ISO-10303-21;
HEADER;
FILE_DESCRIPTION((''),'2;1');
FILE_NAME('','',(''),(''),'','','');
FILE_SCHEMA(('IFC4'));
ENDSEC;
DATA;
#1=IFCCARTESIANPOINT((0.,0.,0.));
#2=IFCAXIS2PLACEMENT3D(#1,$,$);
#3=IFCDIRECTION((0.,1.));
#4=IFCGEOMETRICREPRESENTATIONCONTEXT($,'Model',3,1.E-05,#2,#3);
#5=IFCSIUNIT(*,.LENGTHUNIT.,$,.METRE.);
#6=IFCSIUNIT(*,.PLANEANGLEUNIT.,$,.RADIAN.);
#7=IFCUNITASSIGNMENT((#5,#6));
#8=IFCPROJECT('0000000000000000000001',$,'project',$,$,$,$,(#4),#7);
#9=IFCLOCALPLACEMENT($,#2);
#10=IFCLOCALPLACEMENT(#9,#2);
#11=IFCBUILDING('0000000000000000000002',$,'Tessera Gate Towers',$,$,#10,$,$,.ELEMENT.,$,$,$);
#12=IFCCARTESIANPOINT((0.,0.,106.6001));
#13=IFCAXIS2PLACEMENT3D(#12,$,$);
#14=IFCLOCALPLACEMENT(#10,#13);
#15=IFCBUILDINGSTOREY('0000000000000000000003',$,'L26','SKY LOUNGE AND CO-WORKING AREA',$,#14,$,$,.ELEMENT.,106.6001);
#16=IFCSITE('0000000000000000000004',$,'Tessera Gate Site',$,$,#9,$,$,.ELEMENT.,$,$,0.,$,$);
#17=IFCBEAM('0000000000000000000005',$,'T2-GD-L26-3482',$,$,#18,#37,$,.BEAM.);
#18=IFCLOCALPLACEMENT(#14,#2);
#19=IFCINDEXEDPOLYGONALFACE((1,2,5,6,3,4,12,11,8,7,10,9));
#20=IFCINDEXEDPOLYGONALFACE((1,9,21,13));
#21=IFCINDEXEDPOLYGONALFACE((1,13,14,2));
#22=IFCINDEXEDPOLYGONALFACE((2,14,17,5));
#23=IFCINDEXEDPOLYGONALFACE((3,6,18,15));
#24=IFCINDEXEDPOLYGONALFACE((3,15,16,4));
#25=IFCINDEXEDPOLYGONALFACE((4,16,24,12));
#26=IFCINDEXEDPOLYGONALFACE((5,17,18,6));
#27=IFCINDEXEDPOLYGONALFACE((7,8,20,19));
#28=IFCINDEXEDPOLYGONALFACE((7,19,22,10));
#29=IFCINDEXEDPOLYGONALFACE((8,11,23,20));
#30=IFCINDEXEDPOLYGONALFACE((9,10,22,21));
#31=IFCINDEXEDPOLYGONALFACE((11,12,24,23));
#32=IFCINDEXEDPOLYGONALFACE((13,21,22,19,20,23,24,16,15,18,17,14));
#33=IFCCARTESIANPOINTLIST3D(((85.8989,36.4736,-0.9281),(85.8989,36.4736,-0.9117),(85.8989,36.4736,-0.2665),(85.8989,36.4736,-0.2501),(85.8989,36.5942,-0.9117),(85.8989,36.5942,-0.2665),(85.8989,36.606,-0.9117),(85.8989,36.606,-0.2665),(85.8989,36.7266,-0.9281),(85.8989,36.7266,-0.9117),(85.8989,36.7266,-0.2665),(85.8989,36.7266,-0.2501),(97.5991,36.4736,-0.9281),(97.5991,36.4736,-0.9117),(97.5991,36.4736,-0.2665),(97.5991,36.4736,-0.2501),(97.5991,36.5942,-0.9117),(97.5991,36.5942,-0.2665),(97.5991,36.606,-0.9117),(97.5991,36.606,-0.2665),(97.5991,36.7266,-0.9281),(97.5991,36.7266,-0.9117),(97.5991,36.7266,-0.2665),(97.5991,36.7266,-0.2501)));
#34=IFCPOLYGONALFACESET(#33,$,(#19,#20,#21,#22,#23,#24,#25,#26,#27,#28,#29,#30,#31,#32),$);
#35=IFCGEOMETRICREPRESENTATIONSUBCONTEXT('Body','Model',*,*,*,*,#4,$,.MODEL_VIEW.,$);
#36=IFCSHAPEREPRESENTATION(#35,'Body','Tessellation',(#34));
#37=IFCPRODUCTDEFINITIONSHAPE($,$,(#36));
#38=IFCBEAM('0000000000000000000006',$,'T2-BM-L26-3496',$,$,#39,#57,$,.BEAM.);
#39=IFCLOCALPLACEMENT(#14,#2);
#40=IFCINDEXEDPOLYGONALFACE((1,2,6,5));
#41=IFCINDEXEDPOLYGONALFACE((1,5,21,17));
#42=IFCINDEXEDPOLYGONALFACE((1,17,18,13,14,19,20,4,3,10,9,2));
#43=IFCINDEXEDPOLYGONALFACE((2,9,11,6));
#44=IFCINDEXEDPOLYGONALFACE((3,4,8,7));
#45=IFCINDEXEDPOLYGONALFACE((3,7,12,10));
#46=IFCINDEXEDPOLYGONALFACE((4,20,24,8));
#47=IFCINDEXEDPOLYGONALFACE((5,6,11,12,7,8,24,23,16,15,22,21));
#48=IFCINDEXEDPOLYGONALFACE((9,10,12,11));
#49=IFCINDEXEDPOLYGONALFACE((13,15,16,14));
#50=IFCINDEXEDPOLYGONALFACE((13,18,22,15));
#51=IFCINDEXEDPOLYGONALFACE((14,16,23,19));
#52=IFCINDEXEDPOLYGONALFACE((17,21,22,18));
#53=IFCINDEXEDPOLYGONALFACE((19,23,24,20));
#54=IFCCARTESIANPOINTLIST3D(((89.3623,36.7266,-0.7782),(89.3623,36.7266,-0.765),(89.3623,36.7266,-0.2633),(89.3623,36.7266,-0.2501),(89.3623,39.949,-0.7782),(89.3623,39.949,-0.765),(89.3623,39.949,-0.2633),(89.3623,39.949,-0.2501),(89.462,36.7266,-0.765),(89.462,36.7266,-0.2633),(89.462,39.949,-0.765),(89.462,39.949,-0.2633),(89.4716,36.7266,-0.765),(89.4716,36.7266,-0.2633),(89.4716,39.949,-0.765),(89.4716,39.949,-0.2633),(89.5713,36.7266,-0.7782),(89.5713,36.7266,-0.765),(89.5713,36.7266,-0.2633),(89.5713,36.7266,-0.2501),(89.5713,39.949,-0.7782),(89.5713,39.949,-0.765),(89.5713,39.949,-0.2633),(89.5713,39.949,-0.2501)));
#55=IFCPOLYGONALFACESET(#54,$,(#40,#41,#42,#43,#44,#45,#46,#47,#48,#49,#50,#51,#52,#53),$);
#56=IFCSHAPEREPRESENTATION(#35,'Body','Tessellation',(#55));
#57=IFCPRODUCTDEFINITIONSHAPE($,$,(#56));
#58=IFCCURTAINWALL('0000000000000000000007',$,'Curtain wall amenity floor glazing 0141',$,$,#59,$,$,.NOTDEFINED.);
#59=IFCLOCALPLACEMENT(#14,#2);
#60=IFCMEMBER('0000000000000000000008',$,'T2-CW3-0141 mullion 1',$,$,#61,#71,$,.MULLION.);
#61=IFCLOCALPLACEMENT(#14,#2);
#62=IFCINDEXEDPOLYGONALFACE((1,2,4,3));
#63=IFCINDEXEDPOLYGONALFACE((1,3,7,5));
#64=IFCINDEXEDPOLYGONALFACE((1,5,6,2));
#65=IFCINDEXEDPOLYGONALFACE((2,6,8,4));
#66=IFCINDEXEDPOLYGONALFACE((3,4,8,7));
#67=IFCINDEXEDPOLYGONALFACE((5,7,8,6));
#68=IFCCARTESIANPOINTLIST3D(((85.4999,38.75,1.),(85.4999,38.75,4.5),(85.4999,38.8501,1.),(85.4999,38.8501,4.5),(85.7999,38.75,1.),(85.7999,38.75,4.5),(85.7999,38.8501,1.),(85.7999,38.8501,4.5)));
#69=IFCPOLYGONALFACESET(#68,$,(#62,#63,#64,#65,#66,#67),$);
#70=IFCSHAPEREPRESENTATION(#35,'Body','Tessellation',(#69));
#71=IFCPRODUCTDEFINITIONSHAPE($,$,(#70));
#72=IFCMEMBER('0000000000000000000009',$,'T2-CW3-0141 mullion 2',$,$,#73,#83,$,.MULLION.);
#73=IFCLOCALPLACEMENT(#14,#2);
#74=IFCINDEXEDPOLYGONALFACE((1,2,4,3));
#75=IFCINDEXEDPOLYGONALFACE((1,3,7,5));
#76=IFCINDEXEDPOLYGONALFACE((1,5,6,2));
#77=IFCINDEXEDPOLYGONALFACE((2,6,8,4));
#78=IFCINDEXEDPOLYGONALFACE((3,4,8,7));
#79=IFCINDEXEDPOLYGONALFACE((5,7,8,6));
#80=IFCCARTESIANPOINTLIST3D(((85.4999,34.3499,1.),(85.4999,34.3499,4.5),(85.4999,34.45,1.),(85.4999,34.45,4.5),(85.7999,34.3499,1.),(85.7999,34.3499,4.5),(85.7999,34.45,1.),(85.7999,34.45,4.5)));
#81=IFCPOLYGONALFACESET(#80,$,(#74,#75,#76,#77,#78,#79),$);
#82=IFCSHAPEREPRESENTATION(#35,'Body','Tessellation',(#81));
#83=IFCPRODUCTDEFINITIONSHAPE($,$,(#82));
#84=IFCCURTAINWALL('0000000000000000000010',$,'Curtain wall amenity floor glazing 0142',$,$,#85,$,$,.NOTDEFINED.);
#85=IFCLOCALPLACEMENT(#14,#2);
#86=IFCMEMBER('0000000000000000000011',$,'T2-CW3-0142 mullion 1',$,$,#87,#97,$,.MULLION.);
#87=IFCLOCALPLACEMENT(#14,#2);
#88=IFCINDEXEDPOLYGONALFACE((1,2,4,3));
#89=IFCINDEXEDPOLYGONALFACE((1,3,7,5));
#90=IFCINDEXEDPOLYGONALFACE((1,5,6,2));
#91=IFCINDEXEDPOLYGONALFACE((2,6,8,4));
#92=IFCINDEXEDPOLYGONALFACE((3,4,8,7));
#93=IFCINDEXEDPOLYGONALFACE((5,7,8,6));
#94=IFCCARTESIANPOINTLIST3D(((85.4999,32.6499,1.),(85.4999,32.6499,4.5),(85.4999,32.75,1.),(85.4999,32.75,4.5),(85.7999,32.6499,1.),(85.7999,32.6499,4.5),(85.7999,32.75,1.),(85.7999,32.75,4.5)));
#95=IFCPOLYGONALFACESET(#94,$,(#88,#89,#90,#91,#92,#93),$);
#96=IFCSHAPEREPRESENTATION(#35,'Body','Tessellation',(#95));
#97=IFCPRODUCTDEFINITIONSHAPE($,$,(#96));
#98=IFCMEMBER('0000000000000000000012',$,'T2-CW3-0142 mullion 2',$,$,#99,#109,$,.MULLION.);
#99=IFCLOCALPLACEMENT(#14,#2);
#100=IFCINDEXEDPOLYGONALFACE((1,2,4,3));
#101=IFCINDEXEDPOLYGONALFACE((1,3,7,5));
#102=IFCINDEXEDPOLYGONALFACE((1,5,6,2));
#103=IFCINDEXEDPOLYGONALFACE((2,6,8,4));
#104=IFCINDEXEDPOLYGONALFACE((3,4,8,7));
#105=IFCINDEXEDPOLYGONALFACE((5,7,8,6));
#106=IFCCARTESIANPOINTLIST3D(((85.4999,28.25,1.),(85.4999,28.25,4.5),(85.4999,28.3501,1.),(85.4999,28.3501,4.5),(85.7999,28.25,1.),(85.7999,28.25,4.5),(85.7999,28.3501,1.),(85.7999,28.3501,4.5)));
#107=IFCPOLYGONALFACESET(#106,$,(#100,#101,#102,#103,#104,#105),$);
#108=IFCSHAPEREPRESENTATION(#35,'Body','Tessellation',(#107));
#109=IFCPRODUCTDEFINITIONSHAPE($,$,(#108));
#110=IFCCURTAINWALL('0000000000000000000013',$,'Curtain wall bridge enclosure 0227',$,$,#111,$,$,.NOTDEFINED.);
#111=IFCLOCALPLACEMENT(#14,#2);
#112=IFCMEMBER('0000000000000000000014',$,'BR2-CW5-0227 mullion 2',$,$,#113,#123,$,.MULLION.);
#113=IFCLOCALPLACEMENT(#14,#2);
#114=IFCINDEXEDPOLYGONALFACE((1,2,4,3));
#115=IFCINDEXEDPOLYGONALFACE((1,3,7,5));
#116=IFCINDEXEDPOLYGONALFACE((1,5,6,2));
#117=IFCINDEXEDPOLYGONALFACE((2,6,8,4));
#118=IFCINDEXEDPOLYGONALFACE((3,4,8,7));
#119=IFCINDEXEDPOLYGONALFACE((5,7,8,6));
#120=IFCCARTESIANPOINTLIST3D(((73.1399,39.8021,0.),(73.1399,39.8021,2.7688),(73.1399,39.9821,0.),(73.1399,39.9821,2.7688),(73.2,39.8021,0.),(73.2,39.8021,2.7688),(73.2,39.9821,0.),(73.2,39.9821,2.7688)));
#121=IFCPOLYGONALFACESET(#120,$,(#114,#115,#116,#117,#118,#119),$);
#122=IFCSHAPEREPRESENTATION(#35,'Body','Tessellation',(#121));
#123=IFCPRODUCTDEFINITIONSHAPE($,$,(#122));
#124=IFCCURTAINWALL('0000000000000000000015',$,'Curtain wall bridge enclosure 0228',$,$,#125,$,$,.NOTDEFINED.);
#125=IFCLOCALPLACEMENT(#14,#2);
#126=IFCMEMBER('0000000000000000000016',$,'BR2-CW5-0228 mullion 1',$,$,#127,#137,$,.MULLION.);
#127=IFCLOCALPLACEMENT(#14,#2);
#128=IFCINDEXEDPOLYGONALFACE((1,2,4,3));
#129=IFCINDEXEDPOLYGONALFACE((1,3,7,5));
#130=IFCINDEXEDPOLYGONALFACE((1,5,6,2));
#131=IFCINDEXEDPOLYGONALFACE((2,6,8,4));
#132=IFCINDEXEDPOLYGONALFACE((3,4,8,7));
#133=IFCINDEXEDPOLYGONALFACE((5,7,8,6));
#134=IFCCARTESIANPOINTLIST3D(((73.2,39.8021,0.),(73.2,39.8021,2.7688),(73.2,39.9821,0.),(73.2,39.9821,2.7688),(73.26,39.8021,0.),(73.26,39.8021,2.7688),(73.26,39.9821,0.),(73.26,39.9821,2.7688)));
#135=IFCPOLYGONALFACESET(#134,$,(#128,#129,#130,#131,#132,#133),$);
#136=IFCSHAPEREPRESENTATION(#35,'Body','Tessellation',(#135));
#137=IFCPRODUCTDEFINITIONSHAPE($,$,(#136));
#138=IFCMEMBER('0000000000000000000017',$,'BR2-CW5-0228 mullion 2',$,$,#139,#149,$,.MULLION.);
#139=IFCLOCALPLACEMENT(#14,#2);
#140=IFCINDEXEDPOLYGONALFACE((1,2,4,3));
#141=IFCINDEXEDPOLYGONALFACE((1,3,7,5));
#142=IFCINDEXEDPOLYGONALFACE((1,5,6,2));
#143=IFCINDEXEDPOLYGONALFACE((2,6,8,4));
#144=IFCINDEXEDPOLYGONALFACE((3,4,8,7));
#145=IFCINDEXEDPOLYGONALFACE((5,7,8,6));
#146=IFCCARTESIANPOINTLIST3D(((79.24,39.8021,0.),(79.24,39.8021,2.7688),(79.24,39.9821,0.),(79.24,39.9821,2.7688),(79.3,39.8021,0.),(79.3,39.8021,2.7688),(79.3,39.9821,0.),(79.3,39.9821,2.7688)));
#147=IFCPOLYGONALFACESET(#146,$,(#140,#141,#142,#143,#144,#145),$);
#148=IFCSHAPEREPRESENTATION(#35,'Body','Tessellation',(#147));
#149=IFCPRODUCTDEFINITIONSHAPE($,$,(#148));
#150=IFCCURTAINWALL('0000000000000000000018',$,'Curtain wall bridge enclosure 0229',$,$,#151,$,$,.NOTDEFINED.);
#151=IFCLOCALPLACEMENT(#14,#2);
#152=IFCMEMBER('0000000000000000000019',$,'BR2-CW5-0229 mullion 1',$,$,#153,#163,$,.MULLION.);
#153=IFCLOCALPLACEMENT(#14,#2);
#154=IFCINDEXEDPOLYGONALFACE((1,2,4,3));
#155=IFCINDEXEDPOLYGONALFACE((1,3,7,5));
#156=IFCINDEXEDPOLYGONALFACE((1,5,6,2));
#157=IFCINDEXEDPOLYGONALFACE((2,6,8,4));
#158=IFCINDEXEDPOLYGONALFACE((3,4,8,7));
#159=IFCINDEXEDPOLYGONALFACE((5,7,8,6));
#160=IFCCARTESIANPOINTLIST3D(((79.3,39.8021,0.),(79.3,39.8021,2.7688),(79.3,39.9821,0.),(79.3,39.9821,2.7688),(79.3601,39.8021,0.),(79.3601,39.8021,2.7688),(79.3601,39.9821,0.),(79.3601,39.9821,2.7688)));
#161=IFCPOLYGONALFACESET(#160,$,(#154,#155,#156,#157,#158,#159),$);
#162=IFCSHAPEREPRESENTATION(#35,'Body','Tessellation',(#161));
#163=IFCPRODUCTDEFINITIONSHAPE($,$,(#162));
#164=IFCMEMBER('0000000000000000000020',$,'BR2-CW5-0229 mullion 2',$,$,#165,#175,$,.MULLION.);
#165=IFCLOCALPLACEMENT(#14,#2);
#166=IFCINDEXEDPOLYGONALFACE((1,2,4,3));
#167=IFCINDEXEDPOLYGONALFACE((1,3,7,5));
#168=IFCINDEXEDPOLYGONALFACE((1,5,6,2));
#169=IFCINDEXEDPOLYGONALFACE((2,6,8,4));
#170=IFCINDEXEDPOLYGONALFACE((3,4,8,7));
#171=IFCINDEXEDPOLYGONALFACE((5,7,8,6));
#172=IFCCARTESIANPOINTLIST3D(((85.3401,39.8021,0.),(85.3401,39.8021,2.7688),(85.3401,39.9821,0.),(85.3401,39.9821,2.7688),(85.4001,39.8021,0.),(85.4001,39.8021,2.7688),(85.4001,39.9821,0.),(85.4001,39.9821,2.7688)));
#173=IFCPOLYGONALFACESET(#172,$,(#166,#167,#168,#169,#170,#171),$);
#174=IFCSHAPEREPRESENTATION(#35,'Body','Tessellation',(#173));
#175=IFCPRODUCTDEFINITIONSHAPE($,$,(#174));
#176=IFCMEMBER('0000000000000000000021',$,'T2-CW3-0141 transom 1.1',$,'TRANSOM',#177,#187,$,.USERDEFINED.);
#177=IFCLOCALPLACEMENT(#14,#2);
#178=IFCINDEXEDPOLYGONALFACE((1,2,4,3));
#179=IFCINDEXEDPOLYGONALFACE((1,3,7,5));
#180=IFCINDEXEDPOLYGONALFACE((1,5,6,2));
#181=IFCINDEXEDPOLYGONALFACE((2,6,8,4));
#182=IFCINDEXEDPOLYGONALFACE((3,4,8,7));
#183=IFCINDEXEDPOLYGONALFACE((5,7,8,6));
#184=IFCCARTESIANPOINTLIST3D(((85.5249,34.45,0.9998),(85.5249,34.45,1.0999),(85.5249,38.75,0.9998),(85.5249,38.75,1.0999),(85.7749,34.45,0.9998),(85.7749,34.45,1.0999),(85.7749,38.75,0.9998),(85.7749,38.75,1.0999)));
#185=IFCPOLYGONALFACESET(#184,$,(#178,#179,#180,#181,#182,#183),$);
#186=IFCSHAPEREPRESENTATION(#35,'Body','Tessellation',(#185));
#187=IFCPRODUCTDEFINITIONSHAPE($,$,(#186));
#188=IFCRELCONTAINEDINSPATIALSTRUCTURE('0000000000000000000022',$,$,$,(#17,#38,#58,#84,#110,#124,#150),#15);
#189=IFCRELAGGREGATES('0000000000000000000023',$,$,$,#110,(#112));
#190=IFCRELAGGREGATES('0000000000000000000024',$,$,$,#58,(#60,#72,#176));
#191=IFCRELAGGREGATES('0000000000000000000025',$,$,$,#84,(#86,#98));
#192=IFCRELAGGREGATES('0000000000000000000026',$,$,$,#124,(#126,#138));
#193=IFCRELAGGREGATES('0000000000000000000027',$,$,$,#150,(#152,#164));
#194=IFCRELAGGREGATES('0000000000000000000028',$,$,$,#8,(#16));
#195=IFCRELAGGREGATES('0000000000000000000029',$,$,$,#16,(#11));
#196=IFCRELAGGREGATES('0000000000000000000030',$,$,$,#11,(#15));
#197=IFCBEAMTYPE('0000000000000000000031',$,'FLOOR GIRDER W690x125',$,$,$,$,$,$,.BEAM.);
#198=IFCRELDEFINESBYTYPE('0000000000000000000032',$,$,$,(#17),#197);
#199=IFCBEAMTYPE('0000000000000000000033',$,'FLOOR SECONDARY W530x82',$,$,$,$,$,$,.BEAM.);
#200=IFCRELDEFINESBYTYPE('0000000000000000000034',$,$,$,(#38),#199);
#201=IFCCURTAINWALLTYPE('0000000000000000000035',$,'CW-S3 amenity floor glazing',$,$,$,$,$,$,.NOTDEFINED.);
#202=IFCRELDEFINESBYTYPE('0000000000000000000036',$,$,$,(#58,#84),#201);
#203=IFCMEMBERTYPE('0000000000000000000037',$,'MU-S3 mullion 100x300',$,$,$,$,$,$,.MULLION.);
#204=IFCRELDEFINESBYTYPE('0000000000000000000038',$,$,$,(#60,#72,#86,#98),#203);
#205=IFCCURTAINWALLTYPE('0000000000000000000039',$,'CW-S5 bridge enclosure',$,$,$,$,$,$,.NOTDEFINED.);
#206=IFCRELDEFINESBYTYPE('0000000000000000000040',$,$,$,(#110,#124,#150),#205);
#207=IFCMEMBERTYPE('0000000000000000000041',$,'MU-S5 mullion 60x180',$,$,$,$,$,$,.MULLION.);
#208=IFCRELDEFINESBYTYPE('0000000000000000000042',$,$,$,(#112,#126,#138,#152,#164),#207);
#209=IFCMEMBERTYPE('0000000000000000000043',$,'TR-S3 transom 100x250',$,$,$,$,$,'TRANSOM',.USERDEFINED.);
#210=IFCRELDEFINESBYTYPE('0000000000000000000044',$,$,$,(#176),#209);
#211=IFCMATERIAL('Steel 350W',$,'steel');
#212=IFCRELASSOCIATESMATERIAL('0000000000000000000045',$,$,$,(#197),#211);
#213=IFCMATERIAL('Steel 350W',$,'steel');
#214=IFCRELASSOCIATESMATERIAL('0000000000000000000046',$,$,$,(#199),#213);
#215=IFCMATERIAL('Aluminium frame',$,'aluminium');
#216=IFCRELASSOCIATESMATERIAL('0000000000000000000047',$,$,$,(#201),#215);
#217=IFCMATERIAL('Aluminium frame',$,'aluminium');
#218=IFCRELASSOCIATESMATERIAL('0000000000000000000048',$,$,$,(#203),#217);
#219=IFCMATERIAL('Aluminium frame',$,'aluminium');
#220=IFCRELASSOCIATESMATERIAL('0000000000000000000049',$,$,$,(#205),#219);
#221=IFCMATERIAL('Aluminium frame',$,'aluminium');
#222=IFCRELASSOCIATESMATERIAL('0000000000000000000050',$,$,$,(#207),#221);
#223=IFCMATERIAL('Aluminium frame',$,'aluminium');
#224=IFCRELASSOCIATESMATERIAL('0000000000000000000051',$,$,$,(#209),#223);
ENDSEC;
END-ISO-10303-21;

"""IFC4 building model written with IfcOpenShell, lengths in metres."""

from ifc_helpers import new_model, si_unit, direction, frame, origin, origin_2d, place, context, subcontext, project, spatial, rectangle, i_section, extrude, material, material_profile, profile_set, type_object, element, aggregate, save


model = new_model("IFC4")

# Units and contexts
model_context = context("Model", 3, precision=1e-05, world=origin(), true_north=direction((0.0, 1.0)))
body_context = subcontext(model_context, "Body", "Model", "MODEL_VIEW")
ifc_project = project(units=[si_unit("LENGTHUNIT", "METRE"), si_unit("PLANEANGLEUNIT", "RADIAN")], contexts=[model_context])

# Site, building, storey
site_placement = place(None, origin())
site = spatial("IfcSite", under=ifc_project, at=site_placement, Name="Tessera Gate Site", CompositionType="ELEMENT", RefElevation=0.0)
building_placement = place(site_placement, origin())
building = spatial("IfcBuilding", under=site, at=building_placement, Name="Tessera Gate Towers", CompositionType="ELEMENT")
storey_placement = place(building_placement, frame((0.0, 0.0, 106.6001)))
storey = spatial("IfcBuildingStorey", under=building, at=storey_placement, Name="L26", Description="SKY LOUNGE AND CO-WORKING AREA", CompositionType="ELEMENT", Elevation=106.6001)

# Beams
ifc_material_1 = material(Name="Steel 350W", Category="steel")
ifc_material_profile_1 = material_profile(ifc_material_1, i_section(OverallWidth=0.2529, OverallDepth=0.678, WebThickness=0.0117, FlangeThickness=0.0164, at=origin_2d()), Name="W690x125")
ifc_profile_set_1 = profile_set([ifc_material_profile_1], Name="Steel 350W")
beam_type_1 = type_object("IfcBeamType", Name="FLOOR GIRDER W690x125", PredefinedType="BEAM", material=ifc_profile_set_1)
beam_1_placement = place(storey_placement, frame((85.8989, 36.6001, -0.5891), z_axis=(1.0, 0.0, 0.0), x_axis=(0.0, 1.0, 0.0)))
element("IfcBeam", 1, at=beam_1_placement, inside=storey, type_object=beam_type_1, Name="T2-GD-L26-3482", PredefinedType="BEAM", context=body_context, shape_type="SweptSolid", body=[
    extrude(i_section(OverallWidth=0.2529, OverallDepth=0.678, WebThickness=0.0117, FlangeThickness=0.0164, at=origin_2d()), origin(), (0.0, 0.0, 1.0), 11.7002),
])
ifc_material_2 = material(Name="Steel 350W", Category="steel")
ifc_material_profile_2 = material_profile(ifc_material_2, i_section(OverallWidth=0.209, OverallDepth=0.5281, WebThickness=0.0095, FlangeThickness=0.0132, at=origin_2d()), Name="W530x82")
ifc_profile_set_2 = profile_set([ifc_material_profile_2], Name="Steel 350W")
beam_type_2 = type_object("IfcBeamType", Name="FLOOR SECONDARY W530x82", PredefinedType="BEAM", material=ifc_profile_set_2)
beam_2_placement = place(storey_placement, frame((89.4668, 36.7266, -0.5142), z_axis=(0.0, 1.0, 0.0), x_axis=(-1.0, 0.0, 0.0)))
element("IfcBeam", 2, at=beam_2_placement, inside=storey, type_object=beam_type_2, Name="T2-BM-L26-3496", PredefinedType="BEAM", context=body_context, shape_type="SweptSolid", body=[
    extrude(i_section(OverallWidth=0.209, OverallDepth=0.5281, WebThickness=0.0095, FlangeThickness=0.0132, at=origin_2d()), origin(), (0.0, 0.0, 1.0), 3.2224),
])

# Curtain walls, members
ifc_material_3 = material(Name="Aluminium frame", Category="aluminium")
curtain_wall_type_1 = type_object("IfcCurtainWallType", Name="CW-S3 amenity floor glazing", PredefinedType="NOTDEFINED", material=ifc_material_3)
curtain_wall_1_placement = place(storey_placement, origin())
curtain_wall_1 = element("IfcCurtainWall", 3, at=curtain_wall_1_placement, inside=storey, type_object=curtain_wall_type_1, Name="Curtain wall amenity floor glazing 0141", PredefinedType="NOTDEFINED")
ifc_material_4 = material(Name="Aluminium frame", Category="aluminium")
ifc_material_profile_3 = material_profile(ifc_material_4, rectangle(XDim=0.1001, YDim=0.3, at=origin_2d()), Name="AL 100x300")
ifc_profile_set_3 = profile_set([ifc_material_profile_3], Name="Aluminium frame")
member_type_1 = type_object("IfcMemberType", Name="MU-S3 mullion 100x300", PredefinedType="MULLION", material=ifc_profile_set_3)
member_1_placement = place(storey_placement, frame((85.6499, 38.8, 1.0), z_axis=(0.0, 0.0, 1.0), x_axis=(0.0, -1.0, 0.0)))
member_1 = element("IfcMember", 4, at=member_1_placement, type_object=member_type_1, Name="T2-CW3-0141 mullion 1", PredefinedType="MULLION", context=body_context, shape_type="SweptSolid", body=[
    extrude(rectangle(XDim=0.1001, YDim=0.3, at=origin_2d()), origin(), (0.0, 0.0, 1.0), 3.5),
])
member_2_placement = place(storey_placement, frame((85.6499, 34.3999, 1.0), z_axis=(0.0, 0.0, 1.0), x_axis=(0.0, -1.0, 0.0)))
member_2 = element("IfcMember", 5, at=member_2_placement, type_object=member_type_1, Name="T2-CW3-0141 mullion 2", PredefinedType="MULLION", context=body_context, shape_type="SweptSolid", body=[
    extrude(rectangle(XDim=0.1001, YDim=0.3, at=origin_2d()), origin(), (0.0, 0.0, 1.0), 3.5),
])
curtain_wall_2_placement = place(storey_placement, origin())
curtain_wall_2 = element("IfcCurtainWall", 6, at=curtain_wall_2_placement, inside=storey, type_object=curtain_wall_type_1, Name="Curtain wall amenity floor glazing 0142", PredefinedType="NOTDEFINED")
member_3_placement = place(storey_placement, frame((85.6499, 32.7, 1.0), z_axis=(0.0, 0.0, 1.0), x_axis=(0.0, -1.0, 0.0)))
member_3 = element("IfcMember", 7, at=member_3_placement, type_object=member_type_1, Name="T2-CW3-0142 mullion 1", PredefinedType="MULLION", context=body_context, shape_type="SweptSolid", body=[
    extrude(rectangle(XDim=0.1001, YDim=0.3, at=origin_2d()), origin(), (0.0, 0.0, 1.0), 3.5),
])
member_4_placement = place(storey_placement, frame((85.6499, 28.3, 1.0), z_axis=(0.0, 0.0, 1.0), x_axis=(0.0, -1.0, 0.0)))
member_4 = element("IfcMember", 8, at=member_4_placement, type_object=member_type_1, Name="T2-CW3-0142 mullion 2", PredefinedType="MULLION", context=body_context, shape_type="SweptSolid", body=[
    extrude(rectangle(XDim=0.1001, YDim=0.3, at=origin_2d()), origin(), (0.0, 0.0, 1.0), 3.5),
])

# Curtain wall, member
ifc_material_5 = material(Name="Aluminium frame", Category="aluminium")
curtain_wall_type_2 = type_object("IfcCurtainWallType", Name="CW-S5 bridge enclosure", PredefinedType="NOTDEFINED", material=ifc_material_5)
curtain_wall_3_placement = place(storey_placement, origin())
curtain_wall_3 = element("IfcCurtainWall", 9, at=curtain_wall_3_placement, inside=storey, type_object=curtain_wall_type_2, Name="Curtain wall bridge enclosure 0227", PredefinedType="NOTDEFINED")
ifc_material_6 = material(Name="Aluminium frame", Category="aluminium")
ifc_material_profile_4 = material_profile(ifc_material_6, rectangle(XDim=0.0601, YDim=0.1799, at=origin_2d()), Name="AL 60x180")
ifc_profile_set_4 = profile_set([ifc_material_profile_4], Name="Aluminium frame")
member_type_2 = type_object("IfcMemberType", Name="MU-S5 mullion 60x180", PredefinedType="MULLION", material=ifc_profile_set_4)
member_5_placement = place(storey_placement, frame((73.1699, 39.8921, 0.0), z_axis=(0.0, 0.0, 1.0), x_axis=(1.0, 0.0, 0.0)))
member_5 = element("IfcMember", 10, at=member_5_placement, type_object=member_type_2, Name="BR2-CW5-0227 mullion 2", PredefinedType="MULLION", context=body_context, shape_type="SweptSolid", body=[
    extrude(rectangle(XDim=0.0601, YDim=0.1799, at=origin_2d()), origin(), (0.0, 0.0, 1.0), 2.7688),
])
aggregate(curtain_wall_3, [member_5])

# Curtain walls, members
curtain_wall_4_placement = place(storey_placement, origin())
curtain_wall_4 = element("IfcCurtainWall", 11, at=curtain_wall_4_placement, inside=storey, type_object=curtain_wall_type_2, Name="Curtain wall bridge enclosure 0228", PredefinedType="NOTDEFINED")
member_6_placement = place(storey_placement, frame((73.23, 39.8921, 0.0), z_axis=(0.0, 0.0, 1.0), x_axis=(1.0, 0.0, 0.0)))
member_6 = element("IfcMember", 12, at=member_6_placement, type_object=member_type_2, Name="BR2-CW5-0228 mullion 1", PredefinedType="MULLION", context=body_context, shape_type="SweptSolid", body=[
    extrude(rectangle(XDim=0.0601, YDim=0.1799, at=origin_2d()), origin(), (0.0, 0.0, 1.0), 2.7688),
])
member_7_placement = place(storey_placement, frame((79.27, 39.8921, 0.0), z_axis=(0.0, 0.0, 1.0), x_axis=(1.0, 0.0, 0.0)))
member_7 = element("IfcMember", 13, at=member_7_placement, type_object=member_type_2, Name="BR2-CW5-0228 mullion 2", PredefinedType="MULLION", context=body_context, shape_type="SweptSolid", body=[
    extrude(rectangle(XDim=0.0601, YDim=0.1799, at=origin_2d()), origin(), (0.0, 0.0, 1.0), 2.7688),
])
curtain_wall_5_placement = place(storey_placement, origin())
curtain_wall_5 = element("IfcCurtainWall", 14, at=curtain_wall_5_placement, inside=storey, type_object=curtain_wall_type_2, Name="Curtain wall bridge enclosure 0229", PredefinedType="NOTDEFINED")
member_8_placement = place(storey_placement, frame((79.3301, 39.8921, 0.0), z_axis=(0.0, 0.0, 1.0), x_axis=(1.0, 0.0, 0.0)))
member_8 = element("IfcMember", 15, at=member_8_placement, type_object=member_type_2, Name="BR2-CW5-0229 mullion 1", PredefinedType="MULLION", context=body_context, shape_type="SweptSolid", body=[
    extrude(rectangle(XDim=0.0601, YDim=0.1799, at=origin_2d()), origin(), (0.0, 0.0, 1.0), 2.7688),
])
member_9_placement = place(storey_placement, frame((85.3701, 39.8921, 0.0), z_axis=(0.0, 0.0, 1.0), x_axis=(1.0, 0.0, 0.0)))
member_9 = element("IfcMember", 16, at=member_9_placement, type_object=member_type_2, Name="BR2-CW5-0229 mullion 2", PredefinedType="MULLION", context=body_context, shape_type="SweptSolid", body=[
    extrude(rectangle(XDim=0.0601, YDim=0.1799, at=origin_2d()), origin(), (0.0, 0.0, 1.0), 2.7688),
])

# Member
ifc_material_7 = material(Name="Aluminium frame", Category="aluminium")
ifc_material_profile_5 = material_profile(ifc_material_7, rectangle(XDim=0.25, YDim=0.1001, at=origin_2d()), Name="AL 100x250")
ifc_profile_set_5 = profile_set([ifc_material_profile_5], Name="Aluminium frame")
member_type_3 = type_object("IfcMemberType", Name="TR-S3 transom 100x250", ElementType="TRANSOM", PredefinedType="USERDEFINED", material=ifc_profile_set_5)
member_10_placement = place(storey_placement, frame((85.6499, 38.75, 1.0498), z_axis=(0.0, -1.0, 0.0), x_axis=(1.0, 0.0, 0.0)))
member_10 = element("IfcMember", 17, at=member_10_placement, type_object=member_type_3, Name="T2-CW3-0141 transom 1.1", ObjectType="TRANSOM", PredefinedType="USERDEFINED", context=body_context, shape_type="SweptSolid", body=[
    extrude(rectangle(XDim=0.25, YDim=0.1001, at=origin_2d()), origin(), (0.0, 0.0, 1.0), 4.3),
])

aggregate(curtain_wall_1, [member_1, member_2, member_10])
aggregate(curtain_wall_2, [member_3, member_4])
aggregate(curtain_wall_4, [member_6, member_7])
aggregate(curtain_wall_5, [member_8, member_9])

save(model, "model.ifc")
